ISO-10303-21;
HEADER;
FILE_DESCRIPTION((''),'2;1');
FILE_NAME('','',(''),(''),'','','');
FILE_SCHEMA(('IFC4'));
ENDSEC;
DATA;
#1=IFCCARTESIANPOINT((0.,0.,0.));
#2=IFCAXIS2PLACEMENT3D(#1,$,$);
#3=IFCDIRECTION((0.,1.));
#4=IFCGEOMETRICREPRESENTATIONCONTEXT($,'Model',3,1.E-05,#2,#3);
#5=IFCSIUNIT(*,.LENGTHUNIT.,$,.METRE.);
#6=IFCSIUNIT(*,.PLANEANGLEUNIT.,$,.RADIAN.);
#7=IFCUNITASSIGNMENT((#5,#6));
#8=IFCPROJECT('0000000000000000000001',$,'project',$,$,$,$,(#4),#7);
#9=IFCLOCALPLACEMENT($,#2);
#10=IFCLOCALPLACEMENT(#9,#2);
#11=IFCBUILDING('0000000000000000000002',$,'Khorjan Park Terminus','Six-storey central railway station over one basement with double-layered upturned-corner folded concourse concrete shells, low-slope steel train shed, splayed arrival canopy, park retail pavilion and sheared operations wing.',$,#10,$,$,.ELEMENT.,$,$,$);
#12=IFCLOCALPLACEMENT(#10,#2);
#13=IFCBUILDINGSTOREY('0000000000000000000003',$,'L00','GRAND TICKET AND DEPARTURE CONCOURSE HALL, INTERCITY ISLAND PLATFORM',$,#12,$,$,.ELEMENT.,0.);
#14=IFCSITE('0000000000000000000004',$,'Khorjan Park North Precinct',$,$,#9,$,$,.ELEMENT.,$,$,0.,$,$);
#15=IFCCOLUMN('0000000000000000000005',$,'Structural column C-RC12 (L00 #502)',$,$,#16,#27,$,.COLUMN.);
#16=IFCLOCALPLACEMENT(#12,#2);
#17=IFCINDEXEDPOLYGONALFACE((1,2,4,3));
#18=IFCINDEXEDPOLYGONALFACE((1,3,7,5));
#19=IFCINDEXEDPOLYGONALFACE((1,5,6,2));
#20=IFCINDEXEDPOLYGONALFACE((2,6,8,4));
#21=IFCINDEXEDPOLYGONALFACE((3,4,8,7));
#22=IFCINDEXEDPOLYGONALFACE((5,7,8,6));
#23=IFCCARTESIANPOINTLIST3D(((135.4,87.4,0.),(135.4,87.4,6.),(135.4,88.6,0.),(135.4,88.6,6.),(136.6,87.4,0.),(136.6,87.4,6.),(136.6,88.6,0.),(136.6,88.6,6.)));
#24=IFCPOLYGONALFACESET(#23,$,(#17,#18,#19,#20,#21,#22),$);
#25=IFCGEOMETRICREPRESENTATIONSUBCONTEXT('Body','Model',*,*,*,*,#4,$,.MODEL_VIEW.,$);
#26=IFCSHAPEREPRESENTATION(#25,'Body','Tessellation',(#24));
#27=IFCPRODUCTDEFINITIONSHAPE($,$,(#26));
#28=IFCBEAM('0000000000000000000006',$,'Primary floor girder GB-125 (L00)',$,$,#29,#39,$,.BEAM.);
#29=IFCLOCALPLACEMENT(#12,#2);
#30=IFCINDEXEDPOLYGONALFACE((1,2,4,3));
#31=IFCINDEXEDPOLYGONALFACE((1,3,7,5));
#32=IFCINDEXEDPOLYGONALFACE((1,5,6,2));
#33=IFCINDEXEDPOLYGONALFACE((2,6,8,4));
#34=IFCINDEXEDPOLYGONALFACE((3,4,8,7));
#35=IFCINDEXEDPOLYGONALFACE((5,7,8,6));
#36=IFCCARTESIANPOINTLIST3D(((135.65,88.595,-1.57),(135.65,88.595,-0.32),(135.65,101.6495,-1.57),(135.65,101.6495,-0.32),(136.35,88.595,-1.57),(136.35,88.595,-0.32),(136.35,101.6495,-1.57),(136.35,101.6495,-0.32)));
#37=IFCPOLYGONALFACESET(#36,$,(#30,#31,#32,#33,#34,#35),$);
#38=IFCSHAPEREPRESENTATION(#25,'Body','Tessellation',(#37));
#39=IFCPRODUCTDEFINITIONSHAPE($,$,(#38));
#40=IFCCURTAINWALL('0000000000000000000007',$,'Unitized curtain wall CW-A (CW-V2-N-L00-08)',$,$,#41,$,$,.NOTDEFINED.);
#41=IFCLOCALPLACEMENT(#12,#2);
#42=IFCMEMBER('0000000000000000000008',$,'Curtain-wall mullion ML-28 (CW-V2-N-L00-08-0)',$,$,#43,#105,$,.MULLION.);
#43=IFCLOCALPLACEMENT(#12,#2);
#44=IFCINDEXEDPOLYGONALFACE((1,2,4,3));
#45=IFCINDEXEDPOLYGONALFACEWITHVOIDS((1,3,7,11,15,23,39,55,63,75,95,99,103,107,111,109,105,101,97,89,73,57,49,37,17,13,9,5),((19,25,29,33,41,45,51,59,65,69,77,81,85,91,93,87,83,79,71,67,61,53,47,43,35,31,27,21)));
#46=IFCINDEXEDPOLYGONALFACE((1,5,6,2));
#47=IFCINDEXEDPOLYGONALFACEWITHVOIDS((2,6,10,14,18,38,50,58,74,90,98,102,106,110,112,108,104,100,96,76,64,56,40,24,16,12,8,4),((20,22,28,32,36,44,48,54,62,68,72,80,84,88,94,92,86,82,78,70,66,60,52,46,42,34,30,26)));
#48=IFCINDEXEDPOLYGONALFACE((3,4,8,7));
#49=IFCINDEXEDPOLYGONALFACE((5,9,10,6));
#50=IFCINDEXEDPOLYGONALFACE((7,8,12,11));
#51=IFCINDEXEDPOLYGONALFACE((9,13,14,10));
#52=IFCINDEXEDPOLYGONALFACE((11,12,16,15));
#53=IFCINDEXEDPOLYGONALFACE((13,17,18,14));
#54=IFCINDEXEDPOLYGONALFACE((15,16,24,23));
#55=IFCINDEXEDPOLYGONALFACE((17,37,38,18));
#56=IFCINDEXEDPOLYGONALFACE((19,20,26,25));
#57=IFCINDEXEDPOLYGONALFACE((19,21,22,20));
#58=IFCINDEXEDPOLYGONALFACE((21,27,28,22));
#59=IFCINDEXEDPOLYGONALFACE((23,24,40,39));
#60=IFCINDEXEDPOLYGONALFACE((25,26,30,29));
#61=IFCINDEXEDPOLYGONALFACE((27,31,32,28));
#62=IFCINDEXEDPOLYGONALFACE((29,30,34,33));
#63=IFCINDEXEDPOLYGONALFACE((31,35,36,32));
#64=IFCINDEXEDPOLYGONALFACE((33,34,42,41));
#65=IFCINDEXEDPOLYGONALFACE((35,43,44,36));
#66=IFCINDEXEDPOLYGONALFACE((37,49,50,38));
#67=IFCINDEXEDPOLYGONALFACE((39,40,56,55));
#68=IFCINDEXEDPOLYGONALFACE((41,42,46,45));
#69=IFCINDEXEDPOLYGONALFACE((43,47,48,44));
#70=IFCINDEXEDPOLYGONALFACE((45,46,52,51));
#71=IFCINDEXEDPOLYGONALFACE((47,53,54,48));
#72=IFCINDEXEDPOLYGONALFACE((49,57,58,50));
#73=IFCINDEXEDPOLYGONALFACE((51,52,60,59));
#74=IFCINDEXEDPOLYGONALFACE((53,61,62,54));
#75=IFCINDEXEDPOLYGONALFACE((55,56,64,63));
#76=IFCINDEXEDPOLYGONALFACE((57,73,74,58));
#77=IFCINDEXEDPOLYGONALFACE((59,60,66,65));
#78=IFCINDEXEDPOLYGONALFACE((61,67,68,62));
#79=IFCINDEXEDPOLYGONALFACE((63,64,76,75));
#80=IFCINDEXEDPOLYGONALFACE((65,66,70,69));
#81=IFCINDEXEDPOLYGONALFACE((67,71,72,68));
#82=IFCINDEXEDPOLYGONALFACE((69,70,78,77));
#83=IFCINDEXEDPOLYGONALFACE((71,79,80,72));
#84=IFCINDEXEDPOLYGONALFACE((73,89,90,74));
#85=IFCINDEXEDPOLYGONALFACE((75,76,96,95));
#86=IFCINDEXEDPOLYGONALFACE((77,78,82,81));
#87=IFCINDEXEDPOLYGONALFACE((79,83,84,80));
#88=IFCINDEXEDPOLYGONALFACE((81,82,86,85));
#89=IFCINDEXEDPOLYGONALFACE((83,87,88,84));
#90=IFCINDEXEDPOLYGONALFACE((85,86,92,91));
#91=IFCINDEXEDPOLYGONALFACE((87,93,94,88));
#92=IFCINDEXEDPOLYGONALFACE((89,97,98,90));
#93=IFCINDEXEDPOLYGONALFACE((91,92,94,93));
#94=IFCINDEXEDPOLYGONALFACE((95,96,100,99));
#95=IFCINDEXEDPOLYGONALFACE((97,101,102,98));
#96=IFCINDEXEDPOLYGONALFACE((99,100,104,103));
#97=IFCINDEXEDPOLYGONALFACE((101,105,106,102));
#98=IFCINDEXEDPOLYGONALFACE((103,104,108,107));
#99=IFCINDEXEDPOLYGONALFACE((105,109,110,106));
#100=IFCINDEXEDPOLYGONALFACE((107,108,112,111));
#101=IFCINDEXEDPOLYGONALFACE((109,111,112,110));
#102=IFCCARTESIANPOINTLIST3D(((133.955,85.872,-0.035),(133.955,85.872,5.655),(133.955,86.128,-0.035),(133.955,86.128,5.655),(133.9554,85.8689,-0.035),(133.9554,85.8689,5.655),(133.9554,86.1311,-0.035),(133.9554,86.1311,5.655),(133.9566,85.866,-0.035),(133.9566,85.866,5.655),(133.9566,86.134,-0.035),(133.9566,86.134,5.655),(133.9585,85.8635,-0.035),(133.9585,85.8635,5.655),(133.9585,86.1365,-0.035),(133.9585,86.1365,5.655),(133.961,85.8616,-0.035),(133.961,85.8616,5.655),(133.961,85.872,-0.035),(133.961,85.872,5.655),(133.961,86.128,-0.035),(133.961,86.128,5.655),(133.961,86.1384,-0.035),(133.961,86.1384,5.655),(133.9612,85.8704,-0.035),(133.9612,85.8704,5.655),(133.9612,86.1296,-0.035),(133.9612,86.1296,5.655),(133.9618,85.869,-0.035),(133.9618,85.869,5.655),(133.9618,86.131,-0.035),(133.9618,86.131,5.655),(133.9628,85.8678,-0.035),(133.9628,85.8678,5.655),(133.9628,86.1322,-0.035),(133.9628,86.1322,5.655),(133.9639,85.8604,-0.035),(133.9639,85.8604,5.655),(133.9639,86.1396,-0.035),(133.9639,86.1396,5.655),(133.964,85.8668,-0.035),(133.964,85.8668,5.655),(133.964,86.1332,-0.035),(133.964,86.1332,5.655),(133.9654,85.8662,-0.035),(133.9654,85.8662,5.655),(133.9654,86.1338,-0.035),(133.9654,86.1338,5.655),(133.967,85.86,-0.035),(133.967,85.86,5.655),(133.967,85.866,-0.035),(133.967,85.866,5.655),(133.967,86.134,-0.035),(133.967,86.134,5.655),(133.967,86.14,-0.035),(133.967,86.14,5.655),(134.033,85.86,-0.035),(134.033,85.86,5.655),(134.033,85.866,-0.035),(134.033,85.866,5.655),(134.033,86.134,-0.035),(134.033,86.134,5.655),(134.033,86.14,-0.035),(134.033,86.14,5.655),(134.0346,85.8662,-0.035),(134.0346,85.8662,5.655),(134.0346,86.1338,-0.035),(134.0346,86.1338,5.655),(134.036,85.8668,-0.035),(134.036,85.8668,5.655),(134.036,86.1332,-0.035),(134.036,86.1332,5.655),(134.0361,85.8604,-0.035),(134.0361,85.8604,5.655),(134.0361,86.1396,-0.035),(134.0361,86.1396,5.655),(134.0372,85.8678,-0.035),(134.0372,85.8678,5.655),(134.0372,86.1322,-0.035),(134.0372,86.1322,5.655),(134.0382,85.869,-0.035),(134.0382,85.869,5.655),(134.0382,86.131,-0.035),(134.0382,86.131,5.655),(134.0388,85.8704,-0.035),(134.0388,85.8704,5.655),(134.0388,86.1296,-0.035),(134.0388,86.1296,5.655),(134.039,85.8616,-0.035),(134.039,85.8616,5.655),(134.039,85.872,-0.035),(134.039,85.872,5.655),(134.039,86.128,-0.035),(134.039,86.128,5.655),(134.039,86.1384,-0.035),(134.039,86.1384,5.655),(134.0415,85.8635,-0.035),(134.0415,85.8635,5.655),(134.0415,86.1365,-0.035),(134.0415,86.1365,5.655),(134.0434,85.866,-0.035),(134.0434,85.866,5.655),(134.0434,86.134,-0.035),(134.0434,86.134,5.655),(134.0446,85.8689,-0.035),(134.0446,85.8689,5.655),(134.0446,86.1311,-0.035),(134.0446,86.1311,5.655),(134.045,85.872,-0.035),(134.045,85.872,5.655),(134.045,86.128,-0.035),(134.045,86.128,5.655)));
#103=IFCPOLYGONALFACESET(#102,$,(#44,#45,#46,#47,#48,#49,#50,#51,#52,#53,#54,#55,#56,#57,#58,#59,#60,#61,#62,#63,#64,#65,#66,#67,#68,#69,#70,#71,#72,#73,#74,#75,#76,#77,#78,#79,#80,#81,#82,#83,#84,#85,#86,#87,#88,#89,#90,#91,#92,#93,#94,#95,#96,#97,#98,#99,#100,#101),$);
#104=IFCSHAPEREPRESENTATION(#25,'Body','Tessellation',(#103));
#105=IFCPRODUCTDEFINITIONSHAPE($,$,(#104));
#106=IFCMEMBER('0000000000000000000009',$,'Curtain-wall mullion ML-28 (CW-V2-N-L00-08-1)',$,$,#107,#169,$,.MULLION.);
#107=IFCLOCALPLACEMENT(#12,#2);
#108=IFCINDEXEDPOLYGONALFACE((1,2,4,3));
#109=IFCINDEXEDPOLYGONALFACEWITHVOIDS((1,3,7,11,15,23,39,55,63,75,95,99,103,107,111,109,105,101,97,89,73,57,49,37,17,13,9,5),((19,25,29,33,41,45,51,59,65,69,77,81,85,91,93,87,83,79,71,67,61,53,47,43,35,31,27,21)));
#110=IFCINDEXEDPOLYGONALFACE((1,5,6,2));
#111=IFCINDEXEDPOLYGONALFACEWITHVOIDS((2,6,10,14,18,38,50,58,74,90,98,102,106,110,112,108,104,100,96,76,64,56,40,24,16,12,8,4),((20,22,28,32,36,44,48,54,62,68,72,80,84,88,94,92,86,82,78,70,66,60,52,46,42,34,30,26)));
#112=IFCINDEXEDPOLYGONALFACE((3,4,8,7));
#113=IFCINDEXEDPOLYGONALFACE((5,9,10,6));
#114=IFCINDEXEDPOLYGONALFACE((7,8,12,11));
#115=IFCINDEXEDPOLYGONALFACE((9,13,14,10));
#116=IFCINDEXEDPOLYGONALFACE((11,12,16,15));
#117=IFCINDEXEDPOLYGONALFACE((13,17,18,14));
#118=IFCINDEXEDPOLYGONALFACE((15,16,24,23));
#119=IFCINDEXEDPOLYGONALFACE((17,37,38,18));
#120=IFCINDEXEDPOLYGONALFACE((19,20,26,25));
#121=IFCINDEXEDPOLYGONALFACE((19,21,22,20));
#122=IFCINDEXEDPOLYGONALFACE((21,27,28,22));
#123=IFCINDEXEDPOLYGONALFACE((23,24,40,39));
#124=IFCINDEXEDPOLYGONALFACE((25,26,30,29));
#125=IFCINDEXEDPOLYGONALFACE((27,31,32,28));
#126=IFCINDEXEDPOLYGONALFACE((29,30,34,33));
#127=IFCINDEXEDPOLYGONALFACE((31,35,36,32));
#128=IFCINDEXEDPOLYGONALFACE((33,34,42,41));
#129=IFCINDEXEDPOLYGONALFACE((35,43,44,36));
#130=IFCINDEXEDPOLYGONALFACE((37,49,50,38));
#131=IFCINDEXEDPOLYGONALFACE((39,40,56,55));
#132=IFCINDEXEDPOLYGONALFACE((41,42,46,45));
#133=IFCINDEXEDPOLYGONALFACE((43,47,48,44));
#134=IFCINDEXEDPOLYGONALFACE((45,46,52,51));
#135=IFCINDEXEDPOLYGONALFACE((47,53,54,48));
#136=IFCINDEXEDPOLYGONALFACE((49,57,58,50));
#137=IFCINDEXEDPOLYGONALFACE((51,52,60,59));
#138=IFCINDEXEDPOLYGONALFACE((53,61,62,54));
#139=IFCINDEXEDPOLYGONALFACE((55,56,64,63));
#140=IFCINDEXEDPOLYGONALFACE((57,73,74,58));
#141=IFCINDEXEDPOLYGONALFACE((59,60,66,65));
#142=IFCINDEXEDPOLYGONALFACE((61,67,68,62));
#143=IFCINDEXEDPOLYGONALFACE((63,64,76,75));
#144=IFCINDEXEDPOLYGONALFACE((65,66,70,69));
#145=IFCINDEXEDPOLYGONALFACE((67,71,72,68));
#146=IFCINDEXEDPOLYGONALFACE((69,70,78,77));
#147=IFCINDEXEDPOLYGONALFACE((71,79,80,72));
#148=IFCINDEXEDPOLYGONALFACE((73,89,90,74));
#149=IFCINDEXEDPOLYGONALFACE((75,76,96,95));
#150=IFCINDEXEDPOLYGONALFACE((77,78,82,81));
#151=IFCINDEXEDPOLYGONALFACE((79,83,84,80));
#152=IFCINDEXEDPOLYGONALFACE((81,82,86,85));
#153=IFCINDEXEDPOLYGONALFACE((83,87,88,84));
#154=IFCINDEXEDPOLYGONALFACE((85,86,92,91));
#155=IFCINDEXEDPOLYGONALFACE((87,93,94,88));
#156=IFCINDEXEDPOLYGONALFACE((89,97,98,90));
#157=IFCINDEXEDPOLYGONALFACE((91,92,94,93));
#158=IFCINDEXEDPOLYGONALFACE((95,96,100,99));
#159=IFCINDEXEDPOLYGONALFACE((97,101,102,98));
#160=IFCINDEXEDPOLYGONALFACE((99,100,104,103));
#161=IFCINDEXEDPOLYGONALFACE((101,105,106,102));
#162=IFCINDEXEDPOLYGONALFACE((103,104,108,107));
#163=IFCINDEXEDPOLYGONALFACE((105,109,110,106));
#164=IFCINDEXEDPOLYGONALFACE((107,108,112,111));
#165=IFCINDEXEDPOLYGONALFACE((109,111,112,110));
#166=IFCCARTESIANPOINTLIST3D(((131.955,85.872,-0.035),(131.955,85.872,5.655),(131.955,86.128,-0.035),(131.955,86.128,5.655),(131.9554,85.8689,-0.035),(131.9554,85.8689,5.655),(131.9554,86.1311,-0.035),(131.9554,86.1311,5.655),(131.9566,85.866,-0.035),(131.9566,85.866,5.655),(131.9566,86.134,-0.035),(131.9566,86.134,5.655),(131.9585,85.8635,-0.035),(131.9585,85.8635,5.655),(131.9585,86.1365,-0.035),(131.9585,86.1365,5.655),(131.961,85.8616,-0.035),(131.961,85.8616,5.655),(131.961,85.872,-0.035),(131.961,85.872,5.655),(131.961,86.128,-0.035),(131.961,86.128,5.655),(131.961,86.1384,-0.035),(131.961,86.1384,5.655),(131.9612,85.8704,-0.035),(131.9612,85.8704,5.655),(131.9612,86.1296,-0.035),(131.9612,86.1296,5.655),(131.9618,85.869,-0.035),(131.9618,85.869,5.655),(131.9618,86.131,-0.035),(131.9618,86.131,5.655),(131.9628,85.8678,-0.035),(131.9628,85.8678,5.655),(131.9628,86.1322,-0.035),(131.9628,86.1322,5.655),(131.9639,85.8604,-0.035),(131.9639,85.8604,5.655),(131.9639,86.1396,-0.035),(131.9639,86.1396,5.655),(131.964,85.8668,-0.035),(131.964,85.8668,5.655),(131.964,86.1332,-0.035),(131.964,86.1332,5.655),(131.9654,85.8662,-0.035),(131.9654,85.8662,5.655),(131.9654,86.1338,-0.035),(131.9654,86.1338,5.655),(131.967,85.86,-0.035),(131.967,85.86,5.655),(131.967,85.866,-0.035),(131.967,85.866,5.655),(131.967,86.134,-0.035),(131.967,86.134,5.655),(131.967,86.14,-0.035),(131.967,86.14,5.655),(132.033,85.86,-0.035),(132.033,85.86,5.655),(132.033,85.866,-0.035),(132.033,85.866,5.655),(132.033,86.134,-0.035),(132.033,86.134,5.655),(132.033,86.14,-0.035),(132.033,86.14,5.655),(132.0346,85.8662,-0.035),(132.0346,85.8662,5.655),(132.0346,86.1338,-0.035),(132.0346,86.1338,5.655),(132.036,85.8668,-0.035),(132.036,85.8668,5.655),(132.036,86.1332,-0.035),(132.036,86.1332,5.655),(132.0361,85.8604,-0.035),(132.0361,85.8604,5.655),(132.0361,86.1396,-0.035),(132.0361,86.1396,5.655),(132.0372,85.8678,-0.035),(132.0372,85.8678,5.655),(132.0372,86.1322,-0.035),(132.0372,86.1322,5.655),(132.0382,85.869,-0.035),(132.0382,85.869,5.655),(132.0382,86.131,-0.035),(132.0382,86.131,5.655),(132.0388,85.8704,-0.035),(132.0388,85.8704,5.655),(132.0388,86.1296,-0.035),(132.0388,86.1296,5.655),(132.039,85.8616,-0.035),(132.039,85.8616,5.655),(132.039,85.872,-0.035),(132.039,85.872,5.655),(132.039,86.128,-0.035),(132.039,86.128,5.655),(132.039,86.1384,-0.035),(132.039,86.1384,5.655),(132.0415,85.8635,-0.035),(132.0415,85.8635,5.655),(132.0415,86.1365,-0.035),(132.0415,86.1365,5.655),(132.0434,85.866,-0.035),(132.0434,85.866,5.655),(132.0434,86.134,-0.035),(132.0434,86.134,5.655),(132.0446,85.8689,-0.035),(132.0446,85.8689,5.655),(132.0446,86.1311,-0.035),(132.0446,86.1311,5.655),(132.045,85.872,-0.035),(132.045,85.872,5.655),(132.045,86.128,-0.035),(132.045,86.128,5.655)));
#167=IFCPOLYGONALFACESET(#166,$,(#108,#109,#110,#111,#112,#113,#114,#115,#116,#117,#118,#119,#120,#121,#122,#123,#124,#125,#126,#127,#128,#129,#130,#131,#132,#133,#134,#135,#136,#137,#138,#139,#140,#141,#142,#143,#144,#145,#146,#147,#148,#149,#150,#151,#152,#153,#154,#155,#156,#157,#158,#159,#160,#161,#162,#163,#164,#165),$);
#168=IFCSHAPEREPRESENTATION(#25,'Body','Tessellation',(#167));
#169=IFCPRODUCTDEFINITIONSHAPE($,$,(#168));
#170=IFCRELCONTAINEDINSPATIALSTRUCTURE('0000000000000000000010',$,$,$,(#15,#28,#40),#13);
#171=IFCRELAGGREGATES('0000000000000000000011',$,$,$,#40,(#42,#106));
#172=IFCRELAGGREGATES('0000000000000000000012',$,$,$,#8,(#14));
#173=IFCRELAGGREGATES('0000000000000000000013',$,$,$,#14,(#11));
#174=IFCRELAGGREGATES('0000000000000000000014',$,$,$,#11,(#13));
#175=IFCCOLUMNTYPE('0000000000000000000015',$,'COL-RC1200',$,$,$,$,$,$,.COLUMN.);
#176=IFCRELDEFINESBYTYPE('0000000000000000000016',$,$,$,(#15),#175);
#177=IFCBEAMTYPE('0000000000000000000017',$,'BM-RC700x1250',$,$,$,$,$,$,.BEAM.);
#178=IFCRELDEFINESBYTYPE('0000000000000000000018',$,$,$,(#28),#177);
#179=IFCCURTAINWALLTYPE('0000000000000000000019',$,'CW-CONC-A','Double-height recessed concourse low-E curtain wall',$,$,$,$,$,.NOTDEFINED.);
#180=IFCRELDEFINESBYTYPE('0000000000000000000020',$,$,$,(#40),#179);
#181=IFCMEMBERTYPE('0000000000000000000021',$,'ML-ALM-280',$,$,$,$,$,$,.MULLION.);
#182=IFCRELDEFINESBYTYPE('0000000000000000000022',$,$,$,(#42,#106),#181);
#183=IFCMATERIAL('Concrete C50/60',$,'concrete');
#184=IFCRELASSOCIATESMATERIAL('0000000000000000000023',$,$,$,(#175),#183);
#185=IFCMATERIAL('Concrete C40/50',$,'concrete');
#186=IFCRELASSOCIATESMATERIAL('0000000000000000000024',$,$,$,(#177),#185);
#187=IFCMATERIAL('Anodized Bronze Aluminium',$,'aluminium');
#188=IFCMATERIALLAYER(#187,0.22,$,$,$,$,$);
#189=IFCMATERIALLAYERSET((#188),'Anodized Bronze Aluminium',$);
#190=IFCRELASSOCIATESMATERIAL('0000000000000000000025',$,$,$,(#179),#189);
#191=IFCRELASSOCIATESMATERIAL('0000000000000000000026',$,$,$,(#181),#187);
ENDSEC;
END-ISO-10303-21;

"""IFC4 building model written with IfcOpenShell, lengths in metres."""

from ifc_helpers import new_model, si_unit, direction, frame, origin, origin_2d, place, context, subcontext, project, spatial, rectangle, hollow_rectangle, extrude, material, layer, layer_set, material_profile, profile_set, type_object, element, aggregate, save


model = new_model("IFC4")

# Units and contexts
model_context = context("Model", 3, precision=1e-05, world=origin(), true_north=direction((0.0, 1.0)))
body_context = subcontext(model_context, "Body", "Model", "MODEL_VIEW")
ifc_project = project(units=[si_unit("LENGTHUNIT", "METRE"), si_unit("PLANEANGLEUNIT", "RADIAN")], contexts=[model_context])

# Site, building, storey
site_placement = place(None, origin())
site = spatial("IfcSite", under=ifc_project, at=site_placement, Name="Khorjan Park North Precinct", CompositionType="ELEMENT", RefElevation=0.0)
building_placement = place(site_placement, origin())
building = spatial("IfcBuilding", under=site, at=building_placement, Name="Khorjan Park Terminus", Description="Six-storey central railway station over one basement with double-layered upturned-corner folded concourse concrete shells, low-slope steel train shed, splayed arrival canopy, park retail pavilion and sheared operations wing.", CompositionType="ELEMENT")
storey_placement = place(building_placement, origin())
storey = spatial("IfcBuildingStorey", under=building, at=storey_placement, Name="L00", Description="GRAND TICKET AND DEPARTURE CONCOURSE HALL, INTERCITY ISLAND PLATFORM", CompositionType="ELEMENT", Elevation=0.0)

# Column
ifc_material_1 = material(Name="Concrete C50/60", Category="concrete")
ifc_material_profile_1 = material_profile(ifc_material_1, rectangle(XDim=1.2, YDim=1.2, at=origin_2d()), Name="RC 1200x1200")
ifc_profile_set_1 = profile_set([ifc_material_profile_1], Name="Concrete C50/60")
column_type = type_object("IfcColumnType", Name="COL-RC1200", PredefinedType="COLUMN", material=ifc_profile_set_1)
column_placement = place(storey_placement, frame((136.0, 88.0, 0.0), z_axis=(0.0, 0.0, 1.0), x_axis=(1.0, 0.0, 0.0)))
element("IfcColumn", 1, at=column_placement, inside=storey, type_object=column_type, Name="Structural column C-RC12 (L00 #502)", PredefinedType="COLUMN", context=body_context, shape_type="SweptSolid", body=[
    extrude(rectangle(XDim=1.2, YDim=1.2, at=origin_2d()), origin(), (0.0, 0.0, 1.0), 6.0),
])

# Beam
ifc_material_2 = material(Name="Concrete C40/50", Category="concrete")
ifc_material_profile_2 = material_profile(ifc_material_2, rectangle(XDim=0.7, YDim=1.25, at=origin_2d()), Name="RC 700x1250")
ifc_profile_set_2 = profile_set([ifc_material_profile_2], Name="Concrete C40/50")
beam_type = type_object("IfcBeamType", Name="BM-RC700x1250", PredefinedType="BEAM", material=ifc_profile_set_2)
beam_placement = place(storey_placement, frame((136.0, 88.595, -0.945), z_axis=(0.0, 1.0, 0.0), x_axis=(-1.0, 0.0, 0.0)))
element("IfcBeam", 2, at=beam_placement, inside=storey, type_object=beam_type, Name="Primary floor girder GB-125 (L00)", PredefinedType="BEAM", context=body_context, shape_type="SweptSolid", body=[
    extrude(rectangle(XDim=0.7, YDim=1.25, at=origin_2d()), origin(), (0.0, 0.0, 1.0), 13.0545),
])

# Curtain wall, members
ifc_material_3 = material(Name="Anodized Bronze Aluminium", Category="aluminium")
ifc_layer_1 = layer(ifc_material_3, 0.22)
ifc_layer_set_1 = layer_set([ifc_layer_1], Name="Anodized Bronze Aluminium")
curtain_wall_type = type_object("IfcCurtainWallType", Name="CW-CONC-A", Description="Double-height recessed concourse low-E curtain wall", PredefinedType="NOTDEFINED", material=ifc_layer_set_1)
curtain_wall_1_placement = place(storey_placement, origin())
curtain_wall_1 = element("IfcCurtainWall", 3, at=curtain_wall_1_placement, inside=storey, type_object=curtain_wall_type, Name="Unitized curtain wall CW-A (CW-V2-N-L00-08)", PredefinedType="NOTDEFINED")
ifc_material_profile_3 = material_profile(ifc_material_3, hollow_rectangle(XDim=0.09, YDim=0.28, WallThickness=0.006, InnerFilletRadius=0.006, OuterFilletRadius=0.012, at=origin_2d()), Name="ALM 90x280x6")
ifc_profile_set_3 = profile_set([ifc_material_profile_3], Name="Anodized Bronze Aluminium")
member_type_1 = type_object("IfcMemberType", Name="ML-ALM-280", PredefinedType="MULLION", material=ifc_profile_set_3)
member_1_placement = place(storey_placement, frame((134.0, 86.0, -0.035), z_axis=(0.0, 0.0, 1.0), x_axis=(-1.0, 0.0, 0.0)))
member_1 = element("IfcMember", 4, at=member_1_placement, type_object=member_type_1, Name="Curtain-wall mullion ML-28 (CW-V2-N-L00-08-0)", PredefinedType="MULLION", context=body_context, shape_type="SweptSolid", body=[
    extrude(hollow_rectangle(XDim=0.09, YDim=0.28, WallThickness=0.006, InnerFilletRadius=0.006, OuterFilletRadius=0.012, at=origin_2d()), origin(), (0.0, 0.0, 1.0), 5.69),
])
member_2_placement = place(storey_placement, frame((132.0, 86.0, -0.035), z_axis=(0.0, 0.0, 1.0), x_axis=(-1.0, 0.0, 0.0)))
member_2 = element("IfcMember", 5, at=member_2_placement, type_object=member_type_1, Name="Curtain-wall mullion ML-28 (CW-V2-N-L00-08-1)", PredefinedType="MULLION", context=body_context, shape_type="SweptSolid", body=[
    extrude(hollow_rectangle(XDim=0.09, YDim=0.28, WallThickness=0.006, InnerFilletRadius=0.006, OuterFilletRadius=0.012, at=origin_2d()), origin(), (0.0, 0.0, 1.0), 5.69),
])

aggregate(curtain_wall_1, [member_1, member_2])

save(model, "model.ifc")
